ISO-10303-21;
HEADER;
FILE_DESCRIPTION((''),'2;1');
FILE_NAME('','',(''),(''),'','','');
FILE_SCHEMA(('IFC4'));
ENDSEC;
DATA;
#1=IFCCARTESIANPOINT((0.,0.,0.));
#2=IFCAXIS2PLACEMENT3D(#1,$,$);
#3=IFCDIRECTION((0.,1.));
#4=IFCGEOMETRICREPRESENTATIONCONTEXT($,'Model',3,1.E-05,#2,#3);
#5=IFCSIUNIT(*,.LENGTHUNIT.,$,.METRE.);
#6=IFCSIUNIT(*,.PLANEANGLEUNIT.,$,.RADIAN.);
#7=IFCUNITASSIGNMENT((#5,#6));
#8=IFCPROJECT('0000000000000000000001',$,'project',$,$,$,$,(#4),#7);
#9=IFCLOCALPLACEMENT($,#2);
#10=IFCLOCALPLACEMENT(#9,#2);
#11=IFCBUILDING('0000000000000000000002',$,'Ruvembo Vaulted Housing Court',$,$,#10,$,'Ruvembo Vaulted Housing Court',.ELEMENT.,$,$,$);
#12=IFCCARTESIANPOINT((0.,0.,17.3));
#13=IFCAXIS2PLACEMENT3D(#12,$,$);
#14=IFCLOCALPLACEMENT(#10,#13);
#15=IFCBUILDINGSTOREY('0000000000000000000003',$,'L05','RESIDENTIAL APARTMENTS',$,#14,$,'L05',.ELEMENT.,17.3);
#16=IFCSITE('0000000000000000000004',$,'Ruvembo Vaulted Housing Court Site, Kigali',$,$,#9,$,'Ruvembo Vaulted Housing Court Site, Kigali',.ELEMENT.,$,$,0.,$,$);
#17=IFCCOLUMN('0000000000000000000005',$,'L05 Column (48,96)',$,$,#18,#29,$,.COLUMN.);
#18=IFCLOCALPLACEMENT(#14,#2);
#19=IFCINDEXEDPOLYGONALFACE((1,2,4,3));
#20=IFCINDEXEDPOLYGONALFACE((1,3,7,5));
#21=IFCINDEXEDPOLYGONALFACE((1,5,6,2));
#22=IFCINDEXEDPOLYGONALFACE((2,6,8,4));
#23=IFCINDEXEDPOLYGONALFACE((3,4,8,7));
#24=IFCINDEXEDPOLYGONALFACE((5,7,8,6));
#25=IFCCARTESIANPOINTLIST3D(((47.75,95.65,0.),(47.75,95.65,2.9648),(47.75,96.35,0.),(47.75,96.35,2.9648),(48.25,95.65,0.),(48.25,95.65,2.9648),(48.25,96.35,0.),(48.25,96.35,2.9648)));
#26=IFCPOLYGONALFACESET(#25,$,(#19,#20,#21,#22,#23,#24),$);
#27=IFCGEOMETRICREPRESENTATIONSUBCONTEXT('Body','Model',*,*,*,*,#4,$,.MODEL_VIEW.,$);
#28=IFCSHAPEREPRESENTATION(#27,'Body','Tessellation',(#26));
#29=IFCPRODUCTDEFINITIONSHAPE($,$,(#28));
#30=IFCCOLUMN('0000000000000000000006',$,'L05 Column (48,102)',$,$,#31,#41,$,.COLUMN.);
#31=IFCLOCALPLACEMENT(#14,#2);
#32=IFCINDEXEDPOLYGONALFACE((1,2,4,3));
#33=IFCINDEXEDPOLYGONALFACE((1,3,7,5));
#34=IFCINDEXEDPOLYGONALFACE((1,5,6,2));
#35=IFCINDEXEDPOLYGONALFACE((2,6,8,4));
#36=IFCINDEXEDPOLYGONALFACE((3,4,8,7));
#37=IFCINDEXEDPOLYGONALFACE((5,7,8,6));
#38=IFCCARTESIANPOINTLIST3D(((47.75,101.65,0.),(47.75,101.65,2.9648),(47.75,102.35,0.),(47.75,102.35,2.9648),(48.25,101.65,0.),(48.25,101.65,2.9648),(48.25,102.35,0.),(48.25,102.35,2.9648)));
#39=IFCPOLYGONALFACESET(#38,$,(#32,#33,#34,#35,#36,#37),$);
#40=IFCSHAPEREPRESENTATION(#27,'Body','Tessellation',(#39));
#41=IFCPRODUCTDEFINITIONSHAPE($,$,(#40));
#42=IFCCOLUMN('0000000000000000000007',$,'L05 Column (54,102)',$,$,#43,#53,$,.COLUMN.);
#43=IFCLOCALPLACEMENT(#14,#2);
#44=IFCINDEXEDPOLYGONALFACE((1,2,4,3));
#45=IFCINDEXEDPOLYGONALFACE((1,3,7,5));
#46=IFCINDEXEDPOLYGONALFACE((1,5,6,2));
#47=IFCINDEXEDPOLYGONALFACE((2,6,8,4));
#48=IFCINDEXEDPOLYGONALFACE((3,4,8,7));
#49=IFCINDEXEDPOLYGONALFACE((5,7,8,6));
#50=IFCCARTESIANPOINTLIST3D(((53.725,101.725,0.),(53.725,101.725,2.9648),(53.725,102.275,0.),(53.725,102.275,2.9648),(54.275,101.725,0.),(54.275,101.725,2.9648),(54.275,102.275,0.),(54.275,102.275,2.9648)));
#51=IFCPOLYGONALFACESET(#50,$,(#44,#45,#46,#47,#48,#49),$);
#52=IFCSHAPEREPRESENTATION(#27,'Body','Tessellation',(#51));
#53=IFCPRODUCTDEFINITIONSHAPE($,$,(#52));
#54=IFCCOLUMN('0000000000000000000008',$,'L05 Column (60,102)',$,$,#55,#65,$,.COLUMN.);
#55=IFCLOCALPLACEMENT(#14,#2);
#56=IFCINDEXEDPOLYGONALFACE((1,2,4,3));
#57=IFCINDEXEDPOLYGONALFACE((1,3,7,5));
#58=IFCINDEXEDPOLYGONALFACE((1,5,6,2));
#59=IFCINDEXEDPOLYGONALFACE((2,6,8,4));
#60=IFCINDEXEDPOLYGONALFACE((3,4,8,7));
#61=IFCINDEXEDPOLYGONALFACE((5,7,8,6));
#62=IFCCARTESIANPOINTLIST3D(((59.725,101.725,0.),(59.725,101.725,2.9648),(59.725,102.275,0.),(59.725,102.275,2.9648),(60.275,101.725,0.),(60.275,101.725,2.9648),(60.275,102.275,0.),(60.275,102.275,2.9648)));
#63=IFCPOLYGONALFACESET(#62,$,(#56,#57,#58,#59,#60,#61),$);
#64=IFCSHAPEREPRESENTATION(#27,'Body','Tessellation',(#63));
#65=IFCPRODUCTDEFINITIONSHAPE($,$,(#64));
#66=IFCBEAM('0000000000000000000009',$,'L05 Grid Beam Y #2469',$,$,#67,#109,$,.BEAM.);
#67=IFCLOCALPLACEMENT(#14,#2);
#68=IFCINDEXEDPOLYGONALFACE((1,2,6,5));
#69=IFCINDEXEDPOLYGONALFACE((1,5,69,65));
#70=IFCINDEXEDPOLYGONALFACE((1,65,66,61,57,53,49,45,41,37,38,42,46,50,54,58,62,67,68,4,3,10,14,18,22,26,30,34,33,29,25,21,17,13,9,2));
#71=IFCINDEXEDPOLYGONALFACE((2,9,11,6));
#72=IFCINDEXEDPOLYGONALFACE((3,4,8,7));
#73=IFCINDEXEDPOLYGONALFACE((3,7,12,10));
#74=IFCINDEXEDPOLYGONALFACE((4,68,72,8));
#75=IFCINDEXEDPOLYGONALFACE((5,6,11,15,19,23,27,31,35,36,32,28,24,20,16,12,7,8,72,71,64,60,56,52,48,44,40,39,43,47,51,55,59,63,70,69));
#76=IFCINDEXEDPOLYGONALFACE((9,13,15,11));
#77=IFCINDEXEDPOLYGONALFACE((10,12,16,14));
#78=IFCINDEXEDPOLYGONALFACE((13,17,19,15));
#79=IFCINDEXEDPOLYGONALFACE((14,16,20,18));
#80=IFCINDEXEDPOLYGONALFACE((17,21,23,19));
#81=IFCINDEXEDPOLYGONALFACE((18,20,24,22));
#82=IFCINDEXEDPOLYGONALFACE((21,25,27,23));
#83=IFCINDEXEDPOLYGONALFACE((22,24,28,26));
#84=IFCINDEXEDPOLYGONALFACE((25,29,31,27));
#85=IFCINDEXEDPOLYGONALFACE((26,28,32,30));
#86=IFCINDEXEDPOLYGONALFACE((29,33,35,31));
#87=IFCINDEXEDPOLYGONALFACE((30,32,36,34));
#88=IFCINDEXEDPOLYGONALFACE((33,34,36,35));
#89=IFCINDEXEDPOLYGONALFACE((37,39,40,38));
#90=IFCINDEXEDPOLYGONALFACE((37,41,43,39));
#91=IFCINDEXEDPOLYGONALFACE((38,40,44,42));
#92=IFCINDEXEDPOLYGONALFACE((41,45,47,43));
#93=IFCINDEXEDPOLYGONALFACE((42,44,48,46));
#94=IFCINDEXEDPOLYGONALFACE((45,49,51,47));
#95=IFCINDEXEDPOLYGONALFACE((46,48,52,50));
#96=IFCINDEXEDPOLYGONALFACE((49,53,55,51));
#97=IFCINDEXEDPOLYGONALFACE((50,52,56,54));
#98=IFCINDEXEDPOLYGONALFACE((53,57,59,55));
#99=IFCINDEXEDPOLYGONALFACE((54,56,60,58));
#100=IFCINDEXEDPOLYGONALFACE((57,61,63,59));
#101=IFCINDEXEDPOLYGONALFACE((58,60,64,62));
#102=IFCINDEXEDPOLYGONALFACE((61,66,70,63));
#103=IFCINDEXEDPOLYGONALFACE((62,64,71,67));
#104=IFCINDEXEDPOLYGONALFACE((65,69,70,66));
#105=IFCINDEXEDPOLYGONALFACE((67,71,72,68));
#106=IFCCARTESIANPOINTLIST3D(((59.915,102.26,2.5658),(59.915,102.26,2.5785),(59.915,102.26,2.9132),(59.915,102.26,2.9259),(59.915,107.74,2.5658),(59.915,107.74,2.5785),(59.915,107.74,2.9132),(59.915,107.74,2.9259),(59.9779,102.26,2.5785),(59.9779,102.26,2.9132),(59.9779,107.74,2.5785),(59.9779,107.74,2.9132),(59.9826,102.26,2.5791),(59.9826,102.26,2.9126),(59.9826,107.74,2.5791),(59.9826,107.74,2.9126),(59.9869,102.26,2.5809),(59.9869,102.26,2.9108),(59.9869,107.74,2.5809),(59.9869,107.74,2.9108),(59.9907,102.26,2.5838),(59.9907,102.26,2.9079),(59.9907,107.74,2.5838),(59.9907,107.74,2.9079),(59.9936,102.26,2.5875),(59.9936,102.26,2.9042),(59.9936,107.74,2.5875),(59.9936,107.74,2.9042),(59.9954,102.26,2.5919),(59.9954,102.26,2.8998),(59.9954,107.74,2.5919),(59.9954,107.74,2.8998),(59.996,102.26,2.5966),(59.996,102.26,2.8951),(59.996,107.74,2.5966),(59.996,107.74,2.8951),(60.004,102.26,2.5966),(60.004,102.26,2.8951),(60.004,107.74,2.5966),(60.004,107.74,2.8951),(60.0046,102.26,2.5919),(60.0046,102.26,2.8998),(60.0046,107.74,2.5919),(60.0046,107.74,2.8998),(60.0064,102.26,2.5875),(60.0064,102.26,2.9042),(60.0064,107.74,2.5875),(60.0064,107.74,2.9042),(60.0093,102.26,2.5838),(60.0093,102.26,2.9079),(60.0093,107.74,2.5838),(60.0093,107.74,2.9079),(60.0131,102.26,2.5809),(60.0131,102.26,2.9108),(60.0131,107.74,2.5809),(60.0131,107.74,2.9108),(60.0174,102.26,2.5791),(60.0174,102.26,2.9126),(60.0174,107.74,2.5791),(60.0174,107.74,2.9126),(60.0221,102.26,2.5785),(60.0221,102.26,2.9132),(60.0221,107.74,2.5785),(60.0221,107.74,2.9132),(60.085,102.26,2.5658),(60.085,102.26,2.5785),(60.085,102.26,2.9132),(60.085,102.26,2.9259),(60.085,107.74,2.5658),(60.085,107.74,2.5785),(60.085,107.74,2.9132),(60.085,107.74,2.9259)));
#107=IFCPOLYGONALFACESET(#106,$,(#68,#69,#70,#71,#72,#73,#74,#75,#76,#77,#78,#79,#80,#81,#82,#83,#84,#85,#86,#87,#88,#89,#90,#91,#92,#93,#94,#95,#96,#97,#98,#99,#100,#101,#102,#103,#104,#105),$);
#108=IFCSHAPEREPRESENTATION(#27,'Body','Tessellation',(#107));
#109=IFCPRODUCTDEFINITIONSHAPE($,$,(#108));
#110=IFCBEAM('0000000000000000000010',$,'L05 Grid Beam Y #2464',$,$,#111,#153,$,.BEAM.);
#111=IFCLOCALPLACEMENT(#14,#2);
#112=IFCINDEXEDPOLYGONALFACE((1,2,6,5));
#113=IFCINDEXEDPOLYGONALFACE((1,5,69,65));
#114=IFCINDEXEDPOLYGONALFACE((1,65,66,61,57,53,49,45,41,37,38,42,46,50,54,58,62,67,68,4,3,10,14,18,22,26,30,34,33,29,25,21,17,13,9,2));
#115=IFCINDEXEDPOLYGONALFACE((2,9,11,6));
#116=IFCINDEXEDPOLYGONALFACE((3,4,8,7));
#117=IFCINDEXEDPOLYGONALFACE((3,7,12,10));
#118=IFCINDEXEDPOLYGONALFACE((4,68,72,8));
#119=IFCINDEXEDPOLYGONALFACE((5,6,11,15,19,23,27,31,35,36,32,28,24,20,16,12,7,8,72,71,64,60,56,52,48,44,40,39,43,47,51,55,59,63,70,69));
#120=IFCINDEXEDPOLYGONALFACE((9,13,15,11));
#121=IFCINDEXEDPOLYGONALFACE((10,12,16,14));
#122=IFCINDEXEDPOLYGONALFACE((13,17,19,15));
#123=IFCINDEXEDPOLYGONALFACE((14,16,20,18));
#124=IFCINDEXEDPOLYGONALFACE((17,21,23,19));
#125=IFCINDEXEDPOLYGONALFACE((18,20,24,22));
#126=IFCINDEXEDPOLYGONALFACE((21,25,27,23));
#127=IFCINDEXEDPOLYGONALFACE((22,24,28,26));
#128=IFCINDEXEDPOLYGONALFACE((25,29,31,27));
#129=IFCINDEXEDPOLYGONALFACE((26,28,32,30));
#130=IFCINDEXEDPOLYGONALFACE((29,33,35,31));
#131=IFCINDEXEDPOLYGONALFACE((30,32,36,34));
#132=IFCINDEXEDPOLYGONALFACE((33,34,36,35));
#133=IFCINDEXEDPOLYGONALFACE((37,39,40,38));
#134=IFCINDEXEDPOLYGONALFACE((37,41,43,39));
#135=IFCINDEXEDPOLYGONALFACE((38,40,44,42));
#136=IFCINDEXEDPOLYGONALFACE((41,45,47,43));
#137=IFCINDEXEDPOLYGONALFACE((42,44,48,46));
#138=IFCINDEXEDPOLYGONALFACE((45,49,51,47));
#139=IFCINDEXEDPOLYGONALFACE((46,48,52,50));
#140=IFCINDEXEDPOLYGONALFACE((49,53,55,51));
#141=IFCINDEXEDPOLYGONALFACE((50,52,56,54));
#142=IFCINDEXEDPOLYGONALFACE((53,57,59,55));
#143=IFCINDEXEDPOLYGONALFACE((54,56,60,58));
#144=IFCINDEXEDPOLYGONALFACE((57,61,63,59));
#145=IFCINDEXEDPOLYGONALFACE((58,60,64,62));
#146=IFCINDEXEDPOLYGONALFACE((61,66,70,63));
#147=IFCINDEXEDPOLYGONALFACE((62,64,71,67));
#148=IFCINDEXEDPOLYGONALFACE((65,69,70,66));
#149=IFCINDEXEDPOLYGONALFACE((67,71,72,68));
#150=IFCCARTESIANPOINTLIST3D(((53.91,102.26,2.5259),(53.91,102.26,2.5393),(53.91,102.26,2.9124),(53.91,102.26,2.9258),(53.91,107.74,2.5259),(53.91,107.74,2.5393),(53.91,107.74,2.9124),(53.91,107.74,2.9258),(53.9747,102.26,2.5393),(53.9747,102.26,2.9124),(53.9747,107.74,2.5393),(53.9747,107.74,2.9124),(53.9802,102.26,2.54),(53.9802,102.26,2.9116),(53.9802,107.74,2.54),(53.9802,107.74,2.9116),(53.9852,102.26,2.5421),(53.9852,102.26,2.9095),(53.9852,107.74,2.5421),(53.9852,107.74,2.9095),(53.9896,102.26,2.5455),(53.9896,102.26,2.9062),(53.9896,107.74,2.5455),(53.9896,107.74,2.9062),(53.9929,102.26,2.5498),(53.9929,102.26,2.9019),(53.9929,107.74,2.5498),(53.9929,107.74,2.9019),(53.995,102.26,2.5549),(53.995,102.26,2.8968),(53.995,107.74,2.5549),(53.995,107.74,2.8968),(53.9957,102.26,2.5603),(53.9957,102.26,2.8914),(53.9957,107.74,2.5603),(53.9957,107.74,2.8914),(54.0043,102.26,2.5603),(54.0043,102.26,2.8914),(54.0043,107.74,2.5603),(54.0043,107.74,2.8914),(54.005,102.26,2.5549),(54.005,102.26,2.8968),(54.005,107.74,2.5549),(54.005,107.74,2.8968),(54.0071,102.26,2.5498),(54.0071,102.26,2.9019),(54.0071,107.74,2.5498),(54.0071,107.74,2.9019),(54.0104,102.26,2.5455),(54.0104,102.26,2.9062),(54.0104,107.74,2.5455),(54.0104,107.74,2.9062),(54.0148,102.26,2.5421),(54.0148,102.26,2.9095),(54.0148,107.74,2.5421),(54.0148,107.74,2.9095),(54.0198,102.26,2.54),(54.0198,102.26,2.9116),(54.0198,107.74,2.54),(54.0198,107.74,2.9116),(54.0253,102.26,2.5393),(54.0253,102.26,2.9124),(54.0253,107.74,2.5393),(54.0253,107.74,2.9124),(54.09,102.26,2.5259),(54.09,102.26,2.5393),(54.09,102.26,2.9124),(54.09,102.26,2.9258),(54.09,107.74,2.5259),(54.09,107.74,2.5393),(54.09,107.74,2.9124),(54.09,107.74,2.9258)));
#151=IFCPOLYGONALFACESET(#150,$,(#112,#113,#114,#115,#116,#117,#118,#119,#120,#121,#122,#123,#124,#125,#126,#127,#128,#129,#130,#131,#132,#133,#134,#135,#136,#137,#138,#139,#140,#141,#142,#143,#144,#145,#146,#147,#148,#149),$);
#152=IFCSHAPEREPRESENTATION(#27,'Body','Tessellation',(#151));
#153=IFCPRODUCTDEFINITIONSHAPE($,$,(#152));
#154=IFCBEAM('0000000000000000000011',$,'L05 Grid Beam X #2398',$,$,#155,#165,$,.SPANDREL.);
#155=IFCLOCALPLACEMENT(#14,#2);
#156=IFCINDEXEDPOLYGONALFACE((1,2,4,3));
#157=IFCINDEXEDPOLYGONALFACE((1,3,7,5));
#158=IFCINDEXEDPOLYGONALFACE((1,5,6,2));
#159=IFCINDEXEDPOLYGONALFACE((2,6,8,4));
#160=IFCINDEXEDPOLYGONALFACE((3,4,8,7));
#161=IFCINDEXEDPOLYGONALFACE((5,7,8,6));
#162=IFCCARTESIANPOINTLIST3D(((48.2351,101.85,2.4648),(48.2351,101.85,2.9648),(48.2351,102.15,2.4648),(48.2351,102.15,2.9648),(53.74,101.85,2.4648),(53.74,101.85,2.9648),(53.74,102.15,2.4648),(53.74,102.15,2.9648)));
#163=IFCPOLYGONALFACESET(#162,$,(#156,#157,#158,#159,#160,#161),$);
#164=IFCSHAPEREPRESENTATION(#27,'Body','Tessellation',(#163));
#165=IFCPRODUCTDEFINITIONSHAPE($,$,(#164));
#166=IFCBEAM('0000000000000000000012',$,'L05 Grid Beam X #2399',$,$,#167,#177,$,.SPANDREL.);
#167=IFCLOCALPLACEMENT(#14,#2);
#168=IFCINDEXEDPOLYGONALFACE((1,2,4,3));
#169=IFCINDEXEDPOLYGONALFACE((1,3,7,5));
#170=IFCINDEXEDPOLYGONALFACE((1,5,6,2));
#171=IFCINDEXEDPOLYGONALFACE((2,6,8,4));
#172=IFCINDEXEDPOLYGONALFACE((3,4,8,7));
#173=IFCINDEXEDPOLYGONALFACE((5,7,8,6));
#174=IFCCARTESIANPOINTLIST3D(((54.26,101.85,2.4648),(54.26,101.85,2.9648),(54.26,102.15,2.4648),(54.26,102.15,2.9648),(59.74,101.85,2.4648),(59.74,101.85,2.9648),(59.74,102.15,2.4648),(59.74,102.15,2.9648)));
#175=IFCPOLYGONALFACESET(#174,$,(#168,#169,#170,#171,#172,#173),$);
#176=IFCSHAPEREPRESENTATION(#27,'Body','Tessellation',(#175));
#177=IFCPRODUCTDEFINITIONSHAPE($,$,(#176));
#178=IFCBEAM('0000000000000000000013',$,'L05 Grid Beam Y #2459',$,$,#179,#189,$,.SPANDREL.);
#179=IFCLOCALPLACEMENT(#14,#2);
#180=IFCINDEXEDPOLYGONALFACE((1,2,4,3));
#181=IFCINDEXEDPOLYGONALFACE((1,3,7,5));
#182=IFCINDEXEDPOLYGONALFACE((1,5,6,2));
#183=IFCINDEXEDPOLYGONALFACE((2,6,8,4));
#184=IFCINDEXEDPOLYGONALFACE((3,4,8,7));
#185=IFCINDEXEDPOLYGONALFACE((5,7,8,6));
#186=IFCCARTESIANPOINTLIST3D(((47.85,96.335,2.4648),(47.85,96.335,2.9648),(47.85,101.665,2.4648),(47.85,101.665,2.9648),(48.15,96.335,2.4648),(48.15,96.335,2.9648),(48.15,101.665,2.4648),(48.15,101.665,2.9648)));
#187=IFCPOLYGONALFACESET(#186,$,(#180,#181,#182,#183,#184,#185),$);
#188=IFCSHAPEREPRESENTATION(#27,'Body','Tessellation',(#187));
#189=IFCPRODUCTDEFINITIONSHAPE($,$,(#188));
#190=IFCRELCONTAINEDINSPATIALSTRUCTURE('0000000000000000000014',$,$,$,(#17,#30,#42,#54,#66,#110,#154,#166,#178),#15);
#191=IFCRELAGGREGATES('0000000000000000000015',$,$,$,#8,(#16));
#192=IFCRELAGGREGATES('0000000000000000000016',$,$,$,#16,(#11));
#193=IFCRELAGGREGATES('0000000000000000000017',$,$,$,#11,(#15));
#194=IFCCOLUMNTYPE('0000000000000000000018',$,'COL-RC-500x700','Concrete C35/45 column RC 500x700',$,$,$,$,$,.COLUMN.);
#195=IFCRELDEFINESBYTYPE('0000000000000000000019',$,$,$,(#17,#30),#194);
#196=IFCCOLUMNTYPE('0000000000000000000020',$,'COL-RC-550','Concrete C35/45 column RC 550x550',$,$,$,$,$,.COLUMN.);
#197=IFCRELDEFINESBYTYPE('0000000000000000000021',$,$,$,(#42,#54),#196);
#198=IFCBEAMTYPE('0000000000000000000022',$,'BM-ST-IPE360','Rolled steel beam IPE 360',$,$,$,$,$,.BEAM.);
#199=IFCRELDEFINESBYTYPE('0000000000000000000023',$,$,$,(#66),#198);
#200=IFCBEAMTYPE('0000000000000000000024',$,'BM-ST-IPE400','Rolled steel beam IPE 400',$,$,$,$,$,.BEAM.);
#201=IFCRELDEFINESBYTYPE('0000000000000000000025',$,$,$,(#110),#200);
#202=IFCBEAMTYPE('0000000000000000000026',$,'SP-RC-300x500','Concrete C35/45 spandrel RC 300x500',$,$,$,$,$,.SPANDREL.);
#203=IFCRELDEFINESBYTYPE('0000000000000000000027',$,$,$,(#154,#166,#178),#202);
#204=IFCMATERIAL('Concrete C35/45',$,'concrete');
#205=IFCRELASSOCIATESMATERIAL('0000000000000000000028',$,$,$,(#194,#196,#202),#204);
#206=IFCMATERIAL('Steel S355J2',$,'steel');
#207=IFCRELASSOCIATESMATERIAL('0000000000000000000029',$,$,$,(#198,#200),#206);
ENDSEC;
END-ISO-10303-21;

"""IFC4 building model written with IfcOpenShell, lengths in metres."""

from ifc_helpers import new_model, si_unit, direction, frame, origin, origin_2d, place, context, subcontext, project, spatial, rectangle, i_section, extrude, material, material_profile, profile_set, type_object, element, save


model = new_model("IFC4")

# Units and contexts
model_context = context("Model", 3, precision=1e-05, world=origin(), true_north=direction((0.0, 1.0)))
body_context = subcontext(model_context, "Body", "Model", "MODEL_VIEW")
ifc_project = project(units=[si_unit("LENGTHUNIT", "METRE"), si_unit("PLANEANGLEUNIT", "RADIAN")], contexts=[model_context])

# Site, building, storey
site_placement = place(None, origin())
site = spatial("IfcSite", under=ifc_project, at=site_placement, Name="Ruvembo Vaulted Housing Court Site, Kigali", LongName="Ruvembo Vaulted Housing Court Site, Kigali", CompositionType="ELEMENT", RefElevation=0.0)
building_placement = place(site_placement, origin())
building = spatial("IfcBuilding", under=site, at=building_placement, Name="Ruvembo Vaulted Housing Court", LongName="Ruvembo Vaulted Housing Court", CompositionType="ELEMENT")
storey_placement = place(building_placement, frame((0.0, 0.0, 17.3)))
storey = spatial("IfcBuildingStorey", under=building, at=storey_placement, Name="L05", Description="RESIDENTIAL APARTMENTS", LongName="L05", CompositionType="ELEMENT", Elevation=17.3)

# Columns
ifc_material_1 = material(Name="Concrete C35/45", Category="concrete")
ifc_material_profile_1 = material_profile(ifc_material_1, rectangle(XDim=0.5, YDim=0.7, at=origin_2d()), Name="RC 500x700")
ifc_profile_set_1 = profile_set([ifc_material_profile_1], Name="Concrete C35/45")
column_type_1 = type_object("IfcColumnType", Name="COL-RC-500x700", Description="Concrete C35/45 column RC 500x700", PredefinedType="COLUMN", material=ifc_profile_set_1)
for number, where, z_axis, x_axis, name in (
    (1, (48.0, 96.0, 0.0), (0.0, 0.0, 1.0), (1.0, 0.0, 0.0), "L05 Column (48,96)"),
    (2, (48.0, 102.0, 0.0), (0.0, 0.0, 1.0), (1.0, 0.0, 0.0), "L05 Column (48,102)"),
):
    element("IfcColumn", number, at=place(storey_placement, frame(where, z_axis=z_axis, x_axis=x_axis)), inside=storey, type_object=column_type_1, Name=name, PredefinedType="COLUMN", context=body_context, shape_type="SweptSolid", body=[
        extrude(rectangle(XDim=0.5, YDim=0.7, at=origin_2d()), origin(), (0.0, 0.0, 1.0), 2.9648),
    ])
ifc_material_profile_2 = material_profile(ifc_material_1, rectangle(XDim=0.55, YDim=0.55, at=origin_2d()), Name="RC 550x550")
ifc_profile_set_2 = profile_set([ifc_material_profile_2], Name="Concrete C35/45")
column_type_2 = type_object("IfcColumnType", Name="COL-RC-550", Description="Concrete C35/45 column RC 550x550", PredefinedType="COLUMN", material=ifc_profile_set_2)
for number, where, z_axis, x_axis, name in (
    (3, (54.0, 102.0, 0.0), (0.0, 0.0, 1.0), (1.0, 0.0, 0.0), "L05 Column (54,102)"),
    (4, (60.0, 102.0, 0.0), (0.0, 0.0, 1.0), (1.0, 0.0, 0.0), "L05 Column (60,102)"),
):
    element("IfcColumn", number, at=place(storey_placement, frame(where, z_axis=z_axis, x_axis=x_axis)), inside=storey, type_object=column_type_2, Name=name, PredefinedType="COLUMN", context=body_context, shape_type="SweptSolid", body=[
        extrude(rectangle(XDim=0.55, YDim=0.55, at=origin_2d()), origin(), (0.0, 0.0, 1.0), 2.9648),
    ])

# Beams
ifc_material_2 = material(Name="Steel S355J2", Category="steel")
ifc_material_profile_3 = material_profile(ifc_material_2, i_section(OverallWidth=0.1699, OverallDepth=0.3601, WebThickness=0.0081, FlangeThickness=0.0127, FilletRadius=0.0181, at=origin_2d()), Name="IPE 360")
ifc_profile_set_3 = profile_set([ifc_material_profile_3], Name="Steel S355J2")
beam_type_1 = type_object("IfcBeamType", Name="BM-ST-IPE360", Description="Rolled steel beam IPE 360", PredefinedType="BEAM", material=ifc_profile_set_3)
beam_1_placement = place(storey_placement, frame((60.0, 102.26, 2.7458), z_axis=(0.0, 1.0, 0.0), x_axis=(-1.0, 0.0, 0.0)))
element("IfcBeam", 5, at=beam_1_placement, inside=storey, type_object=beam_type_1, Name="L05 Grid Beam Y #2469", PredefinedType="BEAM", context=body_context, shape_type="SweptSolid", body=[
    extrude(i_section(OverallWidth=0.1699, OverallDepth=0.3601, WebThickness=0.0081, FlangeThickness=0.0127, FilletRadius=0.0181, at=origin_2d()), origin(), (0.0, 0.0, 1.0), 5.48),
])
ifc_material_profile_4 = material_profile(ifc_material_2, i_section(OverallWidth=0.1799, OverallDepth=0.3999, WebThickness=0.0085, FlangeThickness=0.0134, FilletRadius=0.021, at=origin_2d()), Name="IPE 400")
ifc_profile_set_4 = profile_set([ifc_material_profile_4], Name="Steel S355J2")
beam_type_2 = type_object("IfcBeamType", Name="BM-ST-IPE400", Description="Rolled steel beam IPE 400", PredefinedType="BEAM", material=ifc_profile_set_4)
beam_2_placement = place(storey_placement, frame((54.0, 102.26, 2.7258), z_axis=(0.0, 1.0, 0.0), x_axis=(-1.0, 0.0, 0.0)))
element("IfcBeam", 6, at=beam_2_placement, inside=storey, type_object=beam_type_2, Name="L05 Grid Beam Y #2464", PredefinedType="BEAM", context=body_context, shape_type="SweptSolid", body=[
    extrude(i_section(OverallWidth=0.1799, OverallDepth=0.3999, WebThickness=0.0085, FlangeThickness=0.0134, FilletRadius=0.021, at=origin_2d()), origin(), (0.0, 0.0, 1.0), 5.48),
])
ifc_material_profile_5 = material_profile(ifc_material_1, rectangle(XDim=0.3, YDim=0.5, at=origin_2d()), Name="RC 300x500")
ifc_profile_set_5 = profile_set([ifc_material_profile_5], Name="Concrete C35/45")
beam_type_3 = type_object("IfcBeamType", Name="SP-RC-300x500", Description="Concrete C35/45 spandrel RC 300x500", PredefinedType="SPANDREL", material=ifc_profile_set_5)
beam_3_placement = place(storey_placement, frame((48.2351, 102.0, 2.7148), z_axis=(1.0, 0.0, 0.0), x_axis=(0.0, 1.0, 0.0)))
element("IfcBeam", 7, at=beam_3_placement, inside=storey, type_object=beam_type_3, Name="L05 Grid Beam X #2398", PredefinedType="SPANDREL", context=body_context, shape_type="SweptSolid", body=[
    extrude(rectangle(XDim=0.3, YDim=0.5, at=origin_2d()), origin(), (0.0, 0.0, 1.0), 5.5049),
])
beam_4_placement = place(storey_placement, frame((54.26, 102.0, 2.7148), z_axis=(1.0, 0.0, 0.0), x_axis=(0.0, 1.0, 0.0)))
element("IfcBeam", 8, at=beam_4_placement, inside=storey, type_object=beam_type_3, Name="L05 Grid Beam X #2399", PredefinedType="SPANDREL", context=body_context, shape_type="SweptSolid", body=[
    extrude(rectangle(XDim=0.3, YDim=0.5, at=origin_2d()), origin(), (0.0, 0.0, 1.0), 5.48),
])
for number, where, z_axis, x_axis, name in (
    (9, (48.0, 96.335, 2.7148), (0.0, 1.0, 0.0), (-1.0, 0.0, 0.0), "L05 Grid Beam Y #2459"),
):
    element("IfcBeam", number, at=place(storey_placement, frame(where, z_axis=z_axis, x_axis=x_axis)), inside=storey, type_object=beam_type_3, Name=name, PredefinedType="SPANDREL", context=body_context, shape_type="SweptSolid", body=[
        extrude(rectangle(XDim=0.3, YDim=0.5, at=origin_2d()), origin(), (0.0, 0.0, 1.0), 5.3301),
    ])

save(model, "model.ifc")
